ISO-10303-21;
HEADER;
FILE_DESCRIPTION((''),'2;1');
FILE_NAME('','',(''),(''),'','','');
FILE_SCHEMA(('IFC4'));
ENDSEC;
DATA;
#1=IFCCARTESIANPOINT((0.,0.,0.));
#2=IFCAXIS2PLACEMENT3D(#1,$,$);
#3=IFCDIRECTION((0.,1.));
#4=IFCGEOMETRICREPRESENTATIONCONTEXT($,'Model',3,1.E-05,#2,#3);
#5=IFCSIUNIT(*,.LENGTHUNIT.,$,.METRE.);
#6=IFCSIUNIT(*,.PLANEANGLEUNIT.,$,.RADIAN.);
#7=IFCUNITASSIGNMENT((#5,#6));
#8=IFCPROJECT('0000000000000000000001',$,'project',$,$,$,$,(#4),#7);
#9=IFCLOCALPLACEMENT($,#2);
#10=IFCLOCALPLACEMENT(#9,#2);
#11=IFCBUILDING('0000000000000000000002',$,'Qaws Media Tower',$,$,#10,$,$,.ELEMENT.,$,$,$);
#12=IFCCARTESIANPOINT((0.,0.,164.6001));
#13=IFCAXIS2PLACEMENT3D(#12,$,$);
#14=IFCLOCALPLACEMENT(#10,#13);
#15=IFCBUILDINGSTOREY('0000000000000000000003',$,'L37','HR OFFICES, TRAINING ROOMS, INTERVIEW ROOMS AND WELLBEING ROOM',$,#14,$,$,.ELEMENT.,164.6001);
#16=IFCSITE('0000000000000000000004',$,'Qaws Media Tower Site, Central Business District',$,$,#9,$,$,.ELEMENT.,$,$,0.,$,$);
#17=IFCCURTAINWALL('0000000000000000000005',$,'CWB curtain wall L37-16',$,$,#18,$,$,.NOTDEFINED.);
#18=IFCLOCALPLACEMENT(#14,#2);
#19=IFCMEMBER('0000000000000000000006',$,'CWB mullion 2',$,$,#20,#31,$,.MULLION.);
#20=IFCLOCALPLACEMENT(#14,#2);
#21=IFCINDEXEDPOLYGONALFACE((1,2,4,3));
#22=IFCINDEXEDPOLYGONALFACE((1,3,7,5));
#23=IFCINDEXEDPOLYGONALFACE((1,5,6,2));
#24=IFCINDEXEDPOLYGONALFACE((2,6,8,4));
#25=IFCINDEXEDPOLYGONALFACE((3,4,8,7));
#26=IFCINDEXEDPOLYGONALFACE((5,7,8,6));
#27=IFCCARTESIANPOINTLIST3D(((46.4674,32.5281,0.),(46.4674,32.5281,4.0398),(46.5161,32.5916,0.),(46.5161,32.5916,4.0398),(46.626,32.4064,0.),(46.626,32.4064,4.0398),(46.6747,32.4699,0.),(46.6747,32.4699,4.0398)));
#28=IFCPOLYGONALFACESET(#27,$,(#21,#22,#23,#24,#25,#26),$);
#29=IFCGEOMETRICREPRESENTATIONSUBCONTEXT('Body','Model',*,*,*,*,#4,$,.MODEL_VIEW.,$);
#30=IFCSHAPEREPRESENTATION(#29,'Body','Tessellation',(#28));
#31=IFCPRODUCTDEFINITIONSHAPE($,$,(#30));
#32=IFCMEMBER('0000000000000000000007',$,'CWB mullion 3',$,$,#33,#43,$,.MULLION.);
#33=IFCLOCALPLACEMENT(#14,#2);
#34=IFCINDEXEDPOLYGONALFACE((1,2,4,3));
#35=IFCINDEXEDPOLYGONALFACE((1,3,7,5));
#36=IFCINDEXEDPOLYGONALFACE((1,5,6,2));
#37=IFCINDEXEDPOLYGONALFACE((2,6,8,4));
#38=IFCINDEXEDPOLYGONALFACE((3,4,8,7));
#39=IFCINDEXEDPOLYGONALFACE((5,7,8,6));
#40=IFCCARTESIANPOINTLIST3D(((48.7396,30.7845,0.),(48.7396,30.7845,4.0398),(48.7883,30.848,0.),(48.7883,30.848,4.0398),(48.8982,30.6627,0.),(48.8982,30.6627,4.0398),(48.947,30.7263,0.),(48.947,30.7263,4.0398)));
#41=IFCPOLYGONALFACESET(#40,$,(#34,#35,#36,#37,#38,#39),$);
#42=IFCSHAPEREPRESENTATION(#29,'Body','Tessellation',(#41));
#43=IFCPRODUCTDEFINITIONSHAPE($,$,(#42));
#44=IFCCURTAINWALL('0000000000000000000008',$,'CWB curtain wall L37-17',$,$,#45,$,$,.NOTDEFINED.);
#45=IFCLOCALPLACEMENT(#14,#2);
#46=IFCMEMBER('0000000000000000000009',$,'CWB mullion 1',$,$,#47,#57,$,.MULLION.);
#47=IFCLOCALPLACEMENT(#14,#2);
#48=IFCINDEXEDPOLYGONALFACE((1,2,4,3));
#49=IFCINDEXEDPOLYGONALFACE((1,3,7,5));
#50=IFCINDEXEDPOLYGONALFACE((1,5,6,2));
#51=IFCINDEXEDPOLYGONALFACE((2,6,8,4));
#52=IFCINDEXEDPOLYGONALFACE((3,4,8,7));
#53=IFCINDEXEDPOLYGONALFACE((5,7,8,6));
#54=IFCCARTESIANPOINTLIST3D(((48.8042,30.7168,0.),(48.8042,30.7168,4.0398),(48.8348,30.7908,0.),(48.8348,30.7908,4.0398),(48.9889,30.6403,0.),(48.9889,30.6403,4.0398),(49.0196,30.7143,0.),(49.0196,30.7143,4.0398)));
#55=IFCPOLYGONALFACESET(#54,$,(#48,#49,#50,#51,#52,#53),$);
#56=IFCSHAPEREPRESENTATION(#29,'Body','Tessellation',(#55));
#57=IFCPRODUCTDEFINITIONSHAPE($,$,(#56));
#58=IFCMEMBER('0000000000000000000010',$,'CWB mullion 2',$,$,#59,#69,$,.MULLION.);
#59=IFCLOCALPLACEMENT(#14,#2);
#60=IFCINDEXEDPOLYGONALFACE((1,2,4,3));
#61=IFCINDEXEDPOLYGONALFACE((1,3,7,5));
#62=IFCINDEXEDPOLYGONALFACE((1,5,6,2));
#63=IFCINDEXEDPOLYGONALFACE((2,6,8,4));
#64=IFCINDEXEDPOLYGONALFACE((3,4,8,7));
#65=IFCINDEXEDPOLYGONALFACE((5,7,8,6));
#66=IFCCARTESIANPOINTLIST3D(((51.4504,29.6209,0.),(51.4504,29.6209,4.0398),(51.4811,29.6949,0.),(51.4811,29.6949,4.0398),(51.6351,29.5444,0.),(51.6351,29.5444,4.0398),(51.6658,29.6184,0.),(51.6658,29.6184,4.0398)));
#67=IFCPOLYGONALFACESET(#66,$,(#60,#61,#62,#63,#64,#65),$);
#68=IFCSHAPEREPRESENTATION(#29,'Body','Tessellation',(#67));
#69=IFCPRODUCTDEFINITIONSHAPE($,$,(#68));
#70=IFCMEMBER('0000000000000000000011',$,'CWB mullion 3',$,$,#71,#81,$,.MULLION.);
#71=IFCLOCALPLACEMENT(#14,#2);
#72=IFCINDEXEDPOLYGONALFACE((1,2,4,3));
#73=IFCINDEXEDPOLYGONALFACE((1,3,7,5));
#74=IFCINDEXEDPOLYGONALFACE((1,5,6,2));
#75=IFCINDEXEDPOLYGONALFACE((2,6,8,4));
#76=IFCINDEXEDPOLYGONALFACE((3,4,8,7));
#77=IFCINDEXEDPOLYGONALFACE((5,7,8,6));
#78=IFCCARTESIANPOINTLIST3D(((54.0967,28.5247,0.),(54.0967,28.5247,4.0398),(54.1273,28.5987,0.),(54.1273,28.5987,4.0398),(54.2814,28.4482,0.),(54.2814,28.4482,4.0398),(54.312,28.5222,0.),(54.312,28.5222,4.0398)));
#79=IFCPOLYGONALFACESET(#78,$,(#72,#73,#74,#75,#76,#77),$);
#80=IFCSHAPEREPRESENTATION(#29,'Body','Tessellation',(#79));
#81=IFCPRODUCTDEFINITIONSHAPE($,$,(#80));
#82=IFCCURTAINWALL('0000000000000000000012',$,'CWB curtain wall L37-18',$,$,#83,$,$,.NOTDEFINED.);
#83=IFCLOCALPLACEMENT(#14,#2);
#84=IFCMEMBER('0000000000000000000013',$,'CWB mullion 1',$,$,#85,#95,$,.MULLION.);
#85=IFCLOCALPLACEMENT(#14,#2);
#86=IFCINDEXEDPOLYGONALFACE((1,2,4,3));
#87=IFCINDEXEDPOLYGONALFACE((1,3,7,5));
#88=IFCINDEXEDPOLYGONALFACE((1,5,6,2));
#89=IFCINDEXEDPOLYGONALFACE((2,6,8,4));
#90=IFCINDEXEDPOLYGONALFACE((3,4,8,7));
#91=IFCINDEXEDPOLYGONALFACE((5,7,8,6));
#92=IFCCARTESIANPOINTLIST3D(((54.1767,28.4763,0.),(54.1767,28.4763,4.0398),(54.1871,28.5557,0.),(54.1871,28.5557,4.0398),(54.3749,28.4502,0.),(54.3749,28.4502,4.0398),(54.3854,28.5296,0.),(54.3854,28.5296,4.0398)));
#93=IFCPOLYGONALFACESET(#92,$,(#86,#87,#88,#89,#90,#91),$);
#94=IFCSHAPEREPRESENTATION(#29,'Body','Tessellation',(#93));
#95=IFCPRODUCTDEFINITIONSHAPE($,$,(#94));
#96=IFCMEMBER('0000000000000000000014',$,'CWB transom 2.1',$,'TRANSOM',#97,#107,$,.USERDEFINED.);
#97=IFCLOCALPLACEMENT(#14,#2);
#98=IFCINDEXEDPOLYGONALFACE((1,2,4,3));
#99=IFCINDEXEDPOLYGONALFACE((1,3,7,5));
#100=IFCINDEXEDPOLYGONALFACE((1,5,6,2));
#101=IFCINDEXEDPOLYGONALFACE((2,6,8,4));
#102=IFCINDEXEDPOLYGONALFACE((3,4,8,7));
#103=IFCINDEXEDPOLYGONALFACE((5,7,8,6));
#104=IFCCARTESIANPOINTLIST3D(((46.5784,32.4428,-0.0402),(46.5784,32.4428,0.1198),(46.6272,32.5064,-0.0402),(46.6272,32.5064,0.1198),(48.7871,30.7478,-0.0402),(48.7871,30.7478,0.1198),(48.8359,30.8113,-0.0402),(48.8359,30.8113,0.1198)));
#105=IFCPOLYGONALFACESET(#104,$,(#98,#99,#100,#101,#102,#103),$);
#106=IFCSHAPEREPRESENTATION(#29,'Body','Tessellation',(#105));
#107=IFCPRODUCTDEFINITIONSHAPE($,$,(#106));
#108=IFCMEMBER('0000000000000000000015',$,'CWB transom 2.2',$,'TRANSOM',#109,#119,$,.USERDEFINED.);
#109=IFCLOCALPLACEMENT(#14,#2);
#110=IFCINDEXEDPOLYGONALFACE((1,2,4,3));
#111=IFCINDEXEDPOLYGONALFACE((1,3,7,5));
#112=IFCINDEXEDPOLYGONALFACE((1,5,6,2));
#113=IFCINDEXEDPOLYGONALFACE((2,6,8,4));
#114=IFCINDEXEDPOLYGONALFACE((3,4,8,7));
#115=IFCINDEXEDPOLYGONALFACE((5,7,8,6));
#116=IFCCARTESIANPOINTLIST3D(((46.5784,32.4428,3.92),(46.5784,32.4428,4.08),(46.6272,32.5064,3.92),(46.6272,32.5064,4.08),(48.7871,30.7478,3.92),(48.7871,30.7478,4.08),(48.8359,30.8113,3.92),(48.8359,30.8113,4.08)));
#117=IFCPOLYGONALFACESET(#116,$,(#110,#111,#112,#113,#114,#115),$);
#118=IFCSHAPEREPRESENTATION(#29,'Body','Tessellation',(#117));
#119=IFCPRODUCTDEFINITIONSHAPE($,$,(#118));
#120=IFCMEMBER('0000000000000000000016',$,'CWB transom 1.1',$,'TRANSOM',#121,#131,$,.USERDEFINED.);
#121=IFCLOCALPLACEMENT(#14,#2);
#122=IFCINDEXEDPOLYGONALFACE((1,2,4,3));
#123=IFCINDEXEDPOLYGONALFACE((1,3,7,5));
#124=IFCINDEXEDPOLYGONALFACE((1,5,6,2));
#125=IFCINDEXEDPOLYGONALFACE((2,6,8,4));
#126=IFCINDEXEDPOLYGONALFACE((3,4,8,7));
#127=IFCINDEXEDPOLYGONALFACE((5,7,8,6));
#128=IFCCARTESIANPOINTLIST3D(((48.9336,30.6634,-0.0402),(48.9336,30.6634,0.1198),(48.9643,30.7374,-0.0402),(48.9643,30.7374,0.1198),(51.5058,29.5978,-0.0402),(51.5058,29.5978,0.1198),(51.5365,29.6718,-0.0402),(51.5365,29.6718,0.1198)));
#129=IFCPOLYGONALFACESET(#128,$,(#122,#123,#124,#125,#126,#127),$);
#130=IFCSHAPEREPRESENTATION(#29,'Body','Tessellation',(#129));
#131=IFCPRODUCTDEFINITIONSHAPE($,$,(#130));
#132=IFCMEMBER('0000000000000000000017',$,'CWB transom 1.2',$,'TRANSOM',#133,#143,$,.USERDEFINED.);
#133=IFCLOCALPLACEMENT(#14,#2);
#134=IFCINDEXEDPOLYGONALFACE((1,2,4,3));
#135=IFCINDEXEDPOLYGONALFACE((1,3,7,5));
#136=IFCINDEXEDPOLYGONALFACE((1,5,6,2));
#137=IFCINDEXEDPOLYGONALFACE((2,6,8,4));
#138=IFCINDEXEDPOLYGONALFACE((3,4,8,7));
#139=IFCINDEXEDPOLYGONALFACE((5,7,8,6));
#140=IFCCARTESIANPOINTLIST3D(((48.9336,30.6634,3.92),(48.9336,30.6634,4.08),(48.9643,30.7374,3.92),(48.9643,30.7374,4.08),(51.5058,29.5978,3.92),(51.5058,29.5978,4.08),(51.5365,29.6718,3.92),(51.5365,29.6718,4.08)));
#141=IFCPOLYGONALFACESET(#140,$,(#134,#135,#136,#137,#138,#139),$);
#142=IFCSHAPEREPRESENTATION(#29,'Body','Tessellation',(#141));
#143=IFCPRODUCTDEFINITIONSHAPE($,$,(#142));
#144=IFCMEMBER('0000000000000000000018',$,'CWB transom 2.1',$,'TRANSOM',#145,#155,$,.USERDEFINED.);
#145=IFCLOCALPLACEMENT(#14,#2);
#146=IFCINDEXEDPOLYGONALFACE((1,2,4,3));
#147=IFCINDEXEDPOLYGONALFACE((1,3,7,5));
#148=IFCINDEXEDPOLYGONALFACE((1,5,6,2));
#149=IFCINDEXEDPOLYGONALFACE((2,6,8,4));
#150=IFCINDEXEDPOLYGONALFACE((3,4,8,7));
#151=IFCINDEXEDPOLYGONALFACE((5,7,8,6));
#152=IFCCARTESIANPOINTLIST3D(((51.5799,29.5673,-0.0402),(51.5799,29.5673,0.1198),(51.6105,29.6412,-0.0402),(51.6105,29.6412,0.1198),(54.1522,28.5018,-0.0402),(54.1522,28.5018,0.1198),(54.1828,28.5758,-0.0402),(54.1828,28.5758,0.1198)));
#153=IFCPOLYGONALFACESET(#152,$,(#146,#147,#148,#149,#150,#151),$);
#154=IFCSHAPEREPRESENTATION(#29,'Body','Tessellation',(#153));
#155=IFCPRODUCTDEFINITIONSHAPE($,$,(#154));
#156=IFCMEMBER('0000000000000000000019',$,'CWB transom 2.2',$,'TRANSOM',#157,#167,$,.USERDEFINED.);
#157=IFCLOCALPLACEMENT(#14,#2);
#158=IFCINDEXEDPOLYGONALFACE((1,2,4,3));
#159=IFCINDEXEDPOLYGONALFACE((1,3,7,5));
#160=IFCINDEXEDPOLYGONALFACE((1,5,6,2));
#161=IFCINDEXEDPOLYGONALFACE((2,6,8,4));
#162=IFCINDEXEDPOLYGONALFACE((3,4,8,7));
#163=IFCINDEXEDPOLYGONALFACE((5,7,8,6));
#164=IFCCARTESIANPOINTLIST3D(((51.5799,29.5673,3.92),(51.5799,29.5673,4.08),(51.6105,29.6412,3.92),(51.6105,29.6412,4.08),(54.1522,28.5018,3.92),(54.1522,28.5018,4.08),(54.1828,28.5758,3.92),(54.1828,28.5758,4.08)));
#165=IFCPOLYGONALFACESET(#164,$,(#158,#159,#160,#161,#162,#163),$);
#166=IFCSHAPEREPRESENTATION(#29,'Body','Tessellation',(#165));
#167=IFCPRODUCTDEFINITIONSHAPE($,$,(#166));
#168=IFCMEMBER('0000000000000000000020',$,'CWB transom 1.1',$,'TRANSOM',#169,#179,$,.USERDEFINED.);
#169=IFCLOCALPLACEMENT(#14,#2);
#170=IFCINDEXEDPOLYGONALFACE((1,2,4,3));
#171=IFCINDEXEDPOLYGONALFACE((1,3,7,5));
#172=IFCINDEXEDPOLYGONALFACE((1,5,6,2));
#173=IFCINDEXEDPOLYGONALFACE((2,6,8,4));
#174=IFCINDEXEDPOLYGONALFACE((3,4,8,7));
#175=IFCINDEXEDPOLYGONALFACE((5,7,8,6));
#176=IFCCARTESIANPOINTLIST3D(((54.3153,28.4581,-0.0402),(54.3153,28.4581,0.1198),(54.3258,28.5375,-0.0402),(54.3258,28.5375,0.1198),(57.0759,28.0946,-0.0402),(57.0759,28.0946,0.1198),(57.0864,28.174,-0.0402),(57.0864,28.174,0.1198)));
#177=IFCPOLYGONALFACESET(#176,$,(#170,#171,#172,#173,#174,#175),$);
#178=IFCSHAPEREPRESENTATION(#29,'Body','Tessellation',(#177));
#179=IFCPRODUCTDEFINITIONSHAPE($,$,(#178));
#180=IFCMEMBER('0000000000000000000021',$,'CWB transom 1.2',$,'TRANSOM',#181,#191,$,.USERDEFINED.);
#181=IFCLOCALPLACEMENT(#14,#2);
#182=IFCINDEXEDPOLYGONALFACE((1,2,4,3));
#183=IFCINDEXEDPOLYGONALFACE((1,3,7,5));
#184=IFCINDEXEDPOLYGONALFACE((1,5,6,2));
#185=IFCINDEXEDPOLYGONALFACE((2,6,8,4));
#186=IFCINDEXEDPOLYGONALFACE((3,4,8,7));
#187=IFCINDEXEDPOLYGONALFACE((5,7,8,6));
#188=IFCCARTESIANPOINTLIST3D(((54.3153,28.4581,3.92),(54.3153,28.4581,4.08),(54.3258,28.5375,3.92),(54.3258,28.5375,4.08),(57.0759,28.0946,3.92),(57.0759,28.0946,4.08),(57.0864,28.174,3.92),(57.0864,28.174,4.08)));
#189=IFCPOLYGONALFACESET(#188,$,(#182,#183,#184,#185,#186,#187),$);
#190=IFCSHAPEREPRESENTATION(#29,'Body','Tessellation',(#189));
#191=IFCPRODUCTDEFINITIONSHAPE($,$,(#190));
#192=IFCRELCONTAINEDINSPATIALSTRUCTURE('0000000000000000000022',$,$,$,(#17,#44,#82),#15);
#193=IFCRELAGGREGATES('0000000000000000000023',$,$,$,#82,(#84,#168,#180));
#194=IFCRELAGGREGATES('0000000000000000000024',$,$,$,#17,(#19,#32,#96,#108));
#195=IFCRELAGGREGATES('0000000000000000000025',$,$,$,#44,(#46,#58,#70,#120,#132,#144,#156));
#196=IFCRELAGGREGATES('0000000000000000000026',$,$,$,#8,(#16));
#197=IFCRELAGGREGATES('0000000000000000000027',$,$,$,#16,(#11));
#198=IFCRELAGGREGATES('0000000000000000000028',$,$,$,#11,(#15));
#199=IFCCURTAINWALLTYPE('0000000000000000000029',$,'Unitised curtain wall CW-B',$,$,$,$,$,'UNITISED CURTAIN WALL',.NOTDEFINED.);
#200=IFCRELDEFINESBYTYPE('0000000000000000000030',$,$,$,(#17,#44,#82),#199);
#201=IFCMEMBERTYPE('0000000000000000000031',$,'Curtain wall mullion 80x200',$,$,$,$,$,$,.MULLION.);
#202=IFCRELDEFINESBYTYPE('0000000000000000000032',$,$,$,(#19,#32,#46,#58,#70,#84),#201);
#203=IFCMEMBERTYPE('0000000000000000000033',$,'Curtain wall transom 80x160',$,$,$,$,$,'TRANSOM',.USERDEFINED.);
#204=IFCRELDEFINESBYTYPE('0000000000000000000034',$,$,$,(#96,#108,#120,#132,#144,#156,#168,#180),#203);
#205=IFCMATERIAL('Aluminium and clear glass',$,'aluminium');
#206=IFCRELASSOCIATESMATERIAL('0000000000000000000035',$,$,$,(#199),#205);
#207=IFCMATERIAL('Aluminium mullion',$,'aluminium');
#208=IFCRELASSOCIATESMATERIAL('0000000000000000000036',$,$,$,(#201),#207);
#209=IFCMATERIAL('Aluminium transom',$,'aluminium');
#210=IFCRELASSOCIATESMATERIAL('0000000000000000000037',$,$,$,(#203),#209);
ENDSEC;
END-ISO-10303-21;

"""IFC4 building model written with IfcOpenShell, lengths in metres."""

from ifc_helpers import new_model, si_unit, direction, frame, origin, origin_2d, place, context, subcontext, project, spatial, rectangle, extrude, material, material_profile, profile_set, type_object, element, aggregate, save


model = new_model("IFC4")

# Units and contexts
model_context = context("Model", 3, precision=1e-05, world=origin(), true_north=direction((0.0, 1.0)))
body_context = subcontext(model_context, "Body", "Model", "MODEL_VIEW")
ifc_project = project(units=[si_unit("LENGTHUNIT", "METRE"), si_unit("PLANEANGLEUNIT", "RADIAN")], contexts=[model_context])

# Site, building, storey
site_placement = place(None, origin())
site = spatial("IfcSite", under=ifc_project, at=site_placement, Name="Qaws Media Tower Site, Central Business District", CompositionType="ELEMENT", RefElevation=0.0)
building_placement = place(site_placement, origin())
building = spatial("IfcBuilding", under=site, at=building_placement, Name="Qaws Media Tower", CompositionType="ELEMENT")
storey_placement = place(building_placement, frame((0.0, 0.0, 164.6001)))
storey = spatial("IfcBuildingStorey", under=building, at=storey_placement, Name="L37", Description="HR OFFICES, TRAINING ROOMS, INTERVIEW ROOMS AND WELLBEING ROOM", CompositionType="ELEMENT", Elevation=164.6001)

# Curtain walls, members
ifc_material_1 = material(Name="Aluminium and clear glass", Category="aluminium")
curtain_wall_type = type_object("IfcCurtainWallType", Name="Unitised curtain wall CW-B", ElementType="UNITISED CURTAIN WALL", PredefinedType="NOTDEFINED", material=ifc_material_1)
curtain_wall_1_placement = place(storey_placement, origin())
curtain_wall_1 = element("IfcCurtainWall", 1, at=curtain_wall_1_placement, inside=storey, type_object=curtain_wall_type, Name="CWB curtain wall L37-16", PredefinedType="NOTDEFINED")
ifc_material_2 = material(Name="Aluminium mullion", Category="aluminium")
ifc_material_profile_1 = material_profile(ifc_material_2, rectangle(XDim=0.0801, YDim=0.2, at=origin_2d()), Name="80x200")
ifc_profile_set_1 = profile_set([ifc_material_profile_1], Name="Aluminium mullion")
member_type_1 = type_object("IfcMemberType", Name="Curtain wall mullion 80x200", PredefinedType="MULLION", material=ifc_profile_set_1)
member_1_placement = place(storey_placement, frame((46.571, 32.499, 0.0), z_axis=(0.0, 0.0, 1.0), x_axis=(0.608761, 0.793353, 0.0)))
member_1 = element("IfcMember", 2, at=member_1_placement, type_object=member_type_1, Name="CWB mullion 2", PredefinedType="MULLION", context=body_context, shape_type="SweptSolid", body=[
    extrude(rectangle(XDim=0.0801, YDim=0.2, at=origin_2d()), origin(), (0.0, 0.0, 1.0), 4.0398),
])
member_2_placement = place(storey_placement, frame((48.8433, 30.7554, 0.0), z_axis=(0.0, 0.0, 1.0), x_axis=(0.608761, 0.793353, 0.0)))
member_2 = element("IfcMember", 3, at=member_2_placement, type_object=member_type_1, Name="CWB mullion 3", PredefinedType="MULLION", context=body_context, shape_type="SweptSolid", body=[
    extrude(rectangle(XDim=0.0801, YDim=0.2, at=origin_2d()), origin(), (0.0, 0.0, 1.0), 4.0398),
])
curtain_wall_2_placement = place(storey_placement, origin())
curtain_wall_2 = element("IfcCurtainWall", 4, at=curtain_wall_2_placement, inside=storey, type_object=curtain_wall_type, Name="CWB curtain wall L37-17", PredefinedType="NOTDEFINED")
member_3_placement = place(storey_placement, frame((48.9119, 30.7156, 0.0), z_axis=(0.0, 0.0, 1.0), x_axis=(0.382684, 0.923879, 0.0)))
member_3 = element("IfcMember", 5, at=member_3_placement, type_object=member_type_1, Name="CWB mullion 1", PredefinedType="MULLION", context=body_context, shape_type="SweptSolid", body=[
    extrude(rectangle(XDim=0.0801, YDim=0.2, at=origin_2d()), origin(), (0.0, 0.0, 1.0), 4.0398),
])
member_4_placement = place(storey_placement, frame((51.5581, 29.6196, 0.0), z_axis=(0.0, 0.0, 1.0), x_axis=(0.382684, 0.923879, 0.0)))
member_4 = element("IfcMember", 6, at=member_4_placement, type_object=member_type_1, Name="CWB mullion 2", PredefinedType="MULLION", context=body_context, shape_type="SweptSolid", body=[
    extrude(rectangle(XDim=0.0801, YDim=0.2, at=origin_2d()), origin(), (0.0, 0.0, 1.0), 4.0398),
])
member_5_placement = place(storey_placement, frame((54.2043, 28.5234, 0.0), z_axis=(0.0, 0.0, 1.0), x_axis=(0.382684, 0.923879, 0.0)))
member_5 = element("IfcMember", 7, at=member_5_placement, type_object=member_type_1, Name="CWB mullion 3", PredefinedType="MULLION", context=body_context, shape_type="SweptSolid", body=[
    extrude(rectangle(XDim=0.0801, YDim=0.2, at=origin_2d()), origin(), (0.0, 0.0, 1.0), 4.0398),
])

# Curtain wall, member
curtain_wall_3_placement = place(storey_placement, origin())
curtain_wall_3 = element("IfcCurtainWall", 8, at=curtain_wall_3_placement, inside=storey, type_object=curtain_wall_type, Name="CWB curtain wall L37-18", PredefinedType="NOTDEFINED")
member_6_placement = place(storey_placement, frame((54.281, 28.5029, 0.0), z_axis=(0.0, 0.0, 1.0), x_axis=(0.130526, 0.991445, 0.0)))
member_6 = element("IfcMember", 9, at=member_6_placement, type_object=member_type_1, Name="CWB mullion 1", PredefinedType="MULLION", context=body_context, shape_type="SweptSolid", body=[
    extrude(rectangle(XDim=0.0801, YDim=0.2, at=origin_2d()), origin(), (0.0, 0.0, 1.0), 4.0398),
])

# Members
ifc_material_3 = material(Name="Aluminium transom", Category="aluminium")
ifc_material_profile_2 = material_profile(ifc_material_3, rectangle(XDim=0.0801, YDim=0.1599, at=origin_2d()), Name="80x160")
ifc_profile_set_2 = profile_set([ifc_material_profile_2], Name="Aluminium transom")
member_type_2 = type_object("IfcMemberType", Name="Curtain wall transom 80x160", ElementType="TRANSOM", PredefinedType="USERDEFINED", material=ifc_profile_set_2)
member_7_placement = place(storey_placement, frame((46.6028, 32.4746, 0.0398), z_axis=(0.793311, -0.608816, 0.0), x_axis=(0.608816, 0.793311, 0.0)))
member_7 = element("IfcMember", 10, at=member_7_placement, type_object=member_type_2, Name="CWB transom 2.1", ObjectType="TRANSOM", PredefinedType="USERDEFINED", context=body_context, shape_type="SweptSolid", body=[
    extrude(rectangle(XDim=0.0801, YDim=0.1599, at=origin_2d()), origin(), (0.0, 0.0, 1.0), 2.7842),
])
member_8_placement = place(storey_placement, frame((46.6028, 32.4746, 4.0), z_axis=(0.793311, -0.608816, 0.0), x_axis=(0.608816, 0.793311, 0.0)))
member_8 = element("IfcMember", 11, at=member_8_placement, type_object=member_type_2, Name="CWB transom 2.2", ObjectType="TRANSOM", PredefinedType="USERDEFINED", context=body_context, shape_type="SweptSolid", body=[
    extrude(rectangle(XDim=0.0801, YDim=0.1599, at=origin_2d()), origin(), (0.0, 0.0, 1.0), 2.7842),
])
member_9_placement = place(storey_placement, frame((48.949, 30.7004, 0.0398), z_axis=(0.923853, -0.382747, 0.0), x_axis=(0.382747, 0.923853, 0.0)))
member_9 = element("IfcMember", 12, at=member_9_placement, type_object=member_type_2, Name="CWB transom 1.1", ObjectType="TRANSOM", PredefinedType="USERDEFINED", context=body_context, shape_type="SweptSolid", body=[
    extrude(rectangle(XDim=0.0801, YDim=0.1599, at=origin_2d()), origin(), (0.0, 0.0, 1.0), 2.7842),
])
member_10_placement = place(storey_placement, frame((48.949, 30.7004, 4.0), z_axis=(0.923853, -0.382747, 0.0), x_axis=(0.382747, 0.923853, 0.0)))
member_10 = element("IfcMember", 13, at=member_10_placement, type_object=member_type_2, Name="CWB transom 1.2", ObjectType="TRANSOM", PredefinedType="USERDEFINED", context=body_context, shape_type="SweptSolid", body=[
    extrude(rectangle(XDim=0.0801, YDim=0.1599, at=origin_2d()), origin(), (0.0, 0.0, 1.0), 2.7842),
])
member_11_placement = place(storey_placement, frame((51.5952, 29.6042, 0.0398), z_axis=(0.923884, -0.382672, 0.0), x_axis=(0.382672, 0.923884, 0.0)))
member_11 = element("IfcMember", 14, at=member_11_placement, type_object=member_type_2, Name="CWB transom 2.1", ObjectType="TRANSOM", PredefinedType="USERDEFINED", context=body_context, shape_type="SweptSolid", body=[
    extrude(rectangle(XDim=0.0801, YDim=0.1599, at=origin_2d()), origin(), (0.0, 0.0, 1.0), 2.7842),
])
member_12_placement = place(storey_placement, frame((51.5952, 29.6042, 4.0), z_axis=(0.923884, -0.382672, 0.0), x_axis=(0.382672, 0.923884, 0.0)))
member_12 = element("IfcMember", 15, at=member_12_placement, type_object=member_type_2, Name="CWB transom 2.2", ObjectType="TRANSOM", PredefinedType="USERDEFINED", context=body_context, shape_type="SweptSolid", body=[
    extrude(rectangle(XDim=0.0801, YDim=0.1599, at=origin_2d()), origin(), (0.0, 0.0, 1.0), 2.7842),
])
member_13_placement = place(storey_placement, frame((54.3206, 28.4978, 0.0398), z_axis=(0.99144, -0.130561, 0.0), x_axis=(0.130561, 0.99144, 0.0)))
member_13 = element("IfcMember", 16, at=member_13_placement, type_object=member_type_2, Name="CWB transom 1.1", ObjectType="TRANSOM", PredefinedType="USERDEFINED", context=body_context, shape_type="SweptSolid", body=[
    extrude(rectangle(XDim=0.0801, YDim=0.1599, at=origin_2d()), origin(), (0.0, 0.0, 1.0), 2.7844),
])
member_14_placement = place(storey_placement, frame((54.3206, 28.4978, 4.0), z_axis=(0.99144, -0.130561, 0.0), x_axis=(0.130561, 0.99144, 0.0)))
member_14 = element("IfcMember", 17, at=member_14_placement, type_object=member_type_2, Name="CWB transom 1.2", ObjectType="TRANSOM", PredefinedType="USERDEFINED", context=body_context, shape_type="SweptSolid", body=[
    extrude(rectangle(XDim=0.0801, YDim=0.1599, at=origin_2d()), origin(), (0.0, 0.0, 1.0), 2.7844),
])
aggregate(curtain_wall_3, [member_6, member_13, member_14])

aggregate(curtain_wall_1, [member_1, member_2, member_7, member_8])
aggregate(curtain_wall_2, [member_3, member_4, member_5, member_9, member_10, member_11, member_12])

save(model, "model.ifc")
